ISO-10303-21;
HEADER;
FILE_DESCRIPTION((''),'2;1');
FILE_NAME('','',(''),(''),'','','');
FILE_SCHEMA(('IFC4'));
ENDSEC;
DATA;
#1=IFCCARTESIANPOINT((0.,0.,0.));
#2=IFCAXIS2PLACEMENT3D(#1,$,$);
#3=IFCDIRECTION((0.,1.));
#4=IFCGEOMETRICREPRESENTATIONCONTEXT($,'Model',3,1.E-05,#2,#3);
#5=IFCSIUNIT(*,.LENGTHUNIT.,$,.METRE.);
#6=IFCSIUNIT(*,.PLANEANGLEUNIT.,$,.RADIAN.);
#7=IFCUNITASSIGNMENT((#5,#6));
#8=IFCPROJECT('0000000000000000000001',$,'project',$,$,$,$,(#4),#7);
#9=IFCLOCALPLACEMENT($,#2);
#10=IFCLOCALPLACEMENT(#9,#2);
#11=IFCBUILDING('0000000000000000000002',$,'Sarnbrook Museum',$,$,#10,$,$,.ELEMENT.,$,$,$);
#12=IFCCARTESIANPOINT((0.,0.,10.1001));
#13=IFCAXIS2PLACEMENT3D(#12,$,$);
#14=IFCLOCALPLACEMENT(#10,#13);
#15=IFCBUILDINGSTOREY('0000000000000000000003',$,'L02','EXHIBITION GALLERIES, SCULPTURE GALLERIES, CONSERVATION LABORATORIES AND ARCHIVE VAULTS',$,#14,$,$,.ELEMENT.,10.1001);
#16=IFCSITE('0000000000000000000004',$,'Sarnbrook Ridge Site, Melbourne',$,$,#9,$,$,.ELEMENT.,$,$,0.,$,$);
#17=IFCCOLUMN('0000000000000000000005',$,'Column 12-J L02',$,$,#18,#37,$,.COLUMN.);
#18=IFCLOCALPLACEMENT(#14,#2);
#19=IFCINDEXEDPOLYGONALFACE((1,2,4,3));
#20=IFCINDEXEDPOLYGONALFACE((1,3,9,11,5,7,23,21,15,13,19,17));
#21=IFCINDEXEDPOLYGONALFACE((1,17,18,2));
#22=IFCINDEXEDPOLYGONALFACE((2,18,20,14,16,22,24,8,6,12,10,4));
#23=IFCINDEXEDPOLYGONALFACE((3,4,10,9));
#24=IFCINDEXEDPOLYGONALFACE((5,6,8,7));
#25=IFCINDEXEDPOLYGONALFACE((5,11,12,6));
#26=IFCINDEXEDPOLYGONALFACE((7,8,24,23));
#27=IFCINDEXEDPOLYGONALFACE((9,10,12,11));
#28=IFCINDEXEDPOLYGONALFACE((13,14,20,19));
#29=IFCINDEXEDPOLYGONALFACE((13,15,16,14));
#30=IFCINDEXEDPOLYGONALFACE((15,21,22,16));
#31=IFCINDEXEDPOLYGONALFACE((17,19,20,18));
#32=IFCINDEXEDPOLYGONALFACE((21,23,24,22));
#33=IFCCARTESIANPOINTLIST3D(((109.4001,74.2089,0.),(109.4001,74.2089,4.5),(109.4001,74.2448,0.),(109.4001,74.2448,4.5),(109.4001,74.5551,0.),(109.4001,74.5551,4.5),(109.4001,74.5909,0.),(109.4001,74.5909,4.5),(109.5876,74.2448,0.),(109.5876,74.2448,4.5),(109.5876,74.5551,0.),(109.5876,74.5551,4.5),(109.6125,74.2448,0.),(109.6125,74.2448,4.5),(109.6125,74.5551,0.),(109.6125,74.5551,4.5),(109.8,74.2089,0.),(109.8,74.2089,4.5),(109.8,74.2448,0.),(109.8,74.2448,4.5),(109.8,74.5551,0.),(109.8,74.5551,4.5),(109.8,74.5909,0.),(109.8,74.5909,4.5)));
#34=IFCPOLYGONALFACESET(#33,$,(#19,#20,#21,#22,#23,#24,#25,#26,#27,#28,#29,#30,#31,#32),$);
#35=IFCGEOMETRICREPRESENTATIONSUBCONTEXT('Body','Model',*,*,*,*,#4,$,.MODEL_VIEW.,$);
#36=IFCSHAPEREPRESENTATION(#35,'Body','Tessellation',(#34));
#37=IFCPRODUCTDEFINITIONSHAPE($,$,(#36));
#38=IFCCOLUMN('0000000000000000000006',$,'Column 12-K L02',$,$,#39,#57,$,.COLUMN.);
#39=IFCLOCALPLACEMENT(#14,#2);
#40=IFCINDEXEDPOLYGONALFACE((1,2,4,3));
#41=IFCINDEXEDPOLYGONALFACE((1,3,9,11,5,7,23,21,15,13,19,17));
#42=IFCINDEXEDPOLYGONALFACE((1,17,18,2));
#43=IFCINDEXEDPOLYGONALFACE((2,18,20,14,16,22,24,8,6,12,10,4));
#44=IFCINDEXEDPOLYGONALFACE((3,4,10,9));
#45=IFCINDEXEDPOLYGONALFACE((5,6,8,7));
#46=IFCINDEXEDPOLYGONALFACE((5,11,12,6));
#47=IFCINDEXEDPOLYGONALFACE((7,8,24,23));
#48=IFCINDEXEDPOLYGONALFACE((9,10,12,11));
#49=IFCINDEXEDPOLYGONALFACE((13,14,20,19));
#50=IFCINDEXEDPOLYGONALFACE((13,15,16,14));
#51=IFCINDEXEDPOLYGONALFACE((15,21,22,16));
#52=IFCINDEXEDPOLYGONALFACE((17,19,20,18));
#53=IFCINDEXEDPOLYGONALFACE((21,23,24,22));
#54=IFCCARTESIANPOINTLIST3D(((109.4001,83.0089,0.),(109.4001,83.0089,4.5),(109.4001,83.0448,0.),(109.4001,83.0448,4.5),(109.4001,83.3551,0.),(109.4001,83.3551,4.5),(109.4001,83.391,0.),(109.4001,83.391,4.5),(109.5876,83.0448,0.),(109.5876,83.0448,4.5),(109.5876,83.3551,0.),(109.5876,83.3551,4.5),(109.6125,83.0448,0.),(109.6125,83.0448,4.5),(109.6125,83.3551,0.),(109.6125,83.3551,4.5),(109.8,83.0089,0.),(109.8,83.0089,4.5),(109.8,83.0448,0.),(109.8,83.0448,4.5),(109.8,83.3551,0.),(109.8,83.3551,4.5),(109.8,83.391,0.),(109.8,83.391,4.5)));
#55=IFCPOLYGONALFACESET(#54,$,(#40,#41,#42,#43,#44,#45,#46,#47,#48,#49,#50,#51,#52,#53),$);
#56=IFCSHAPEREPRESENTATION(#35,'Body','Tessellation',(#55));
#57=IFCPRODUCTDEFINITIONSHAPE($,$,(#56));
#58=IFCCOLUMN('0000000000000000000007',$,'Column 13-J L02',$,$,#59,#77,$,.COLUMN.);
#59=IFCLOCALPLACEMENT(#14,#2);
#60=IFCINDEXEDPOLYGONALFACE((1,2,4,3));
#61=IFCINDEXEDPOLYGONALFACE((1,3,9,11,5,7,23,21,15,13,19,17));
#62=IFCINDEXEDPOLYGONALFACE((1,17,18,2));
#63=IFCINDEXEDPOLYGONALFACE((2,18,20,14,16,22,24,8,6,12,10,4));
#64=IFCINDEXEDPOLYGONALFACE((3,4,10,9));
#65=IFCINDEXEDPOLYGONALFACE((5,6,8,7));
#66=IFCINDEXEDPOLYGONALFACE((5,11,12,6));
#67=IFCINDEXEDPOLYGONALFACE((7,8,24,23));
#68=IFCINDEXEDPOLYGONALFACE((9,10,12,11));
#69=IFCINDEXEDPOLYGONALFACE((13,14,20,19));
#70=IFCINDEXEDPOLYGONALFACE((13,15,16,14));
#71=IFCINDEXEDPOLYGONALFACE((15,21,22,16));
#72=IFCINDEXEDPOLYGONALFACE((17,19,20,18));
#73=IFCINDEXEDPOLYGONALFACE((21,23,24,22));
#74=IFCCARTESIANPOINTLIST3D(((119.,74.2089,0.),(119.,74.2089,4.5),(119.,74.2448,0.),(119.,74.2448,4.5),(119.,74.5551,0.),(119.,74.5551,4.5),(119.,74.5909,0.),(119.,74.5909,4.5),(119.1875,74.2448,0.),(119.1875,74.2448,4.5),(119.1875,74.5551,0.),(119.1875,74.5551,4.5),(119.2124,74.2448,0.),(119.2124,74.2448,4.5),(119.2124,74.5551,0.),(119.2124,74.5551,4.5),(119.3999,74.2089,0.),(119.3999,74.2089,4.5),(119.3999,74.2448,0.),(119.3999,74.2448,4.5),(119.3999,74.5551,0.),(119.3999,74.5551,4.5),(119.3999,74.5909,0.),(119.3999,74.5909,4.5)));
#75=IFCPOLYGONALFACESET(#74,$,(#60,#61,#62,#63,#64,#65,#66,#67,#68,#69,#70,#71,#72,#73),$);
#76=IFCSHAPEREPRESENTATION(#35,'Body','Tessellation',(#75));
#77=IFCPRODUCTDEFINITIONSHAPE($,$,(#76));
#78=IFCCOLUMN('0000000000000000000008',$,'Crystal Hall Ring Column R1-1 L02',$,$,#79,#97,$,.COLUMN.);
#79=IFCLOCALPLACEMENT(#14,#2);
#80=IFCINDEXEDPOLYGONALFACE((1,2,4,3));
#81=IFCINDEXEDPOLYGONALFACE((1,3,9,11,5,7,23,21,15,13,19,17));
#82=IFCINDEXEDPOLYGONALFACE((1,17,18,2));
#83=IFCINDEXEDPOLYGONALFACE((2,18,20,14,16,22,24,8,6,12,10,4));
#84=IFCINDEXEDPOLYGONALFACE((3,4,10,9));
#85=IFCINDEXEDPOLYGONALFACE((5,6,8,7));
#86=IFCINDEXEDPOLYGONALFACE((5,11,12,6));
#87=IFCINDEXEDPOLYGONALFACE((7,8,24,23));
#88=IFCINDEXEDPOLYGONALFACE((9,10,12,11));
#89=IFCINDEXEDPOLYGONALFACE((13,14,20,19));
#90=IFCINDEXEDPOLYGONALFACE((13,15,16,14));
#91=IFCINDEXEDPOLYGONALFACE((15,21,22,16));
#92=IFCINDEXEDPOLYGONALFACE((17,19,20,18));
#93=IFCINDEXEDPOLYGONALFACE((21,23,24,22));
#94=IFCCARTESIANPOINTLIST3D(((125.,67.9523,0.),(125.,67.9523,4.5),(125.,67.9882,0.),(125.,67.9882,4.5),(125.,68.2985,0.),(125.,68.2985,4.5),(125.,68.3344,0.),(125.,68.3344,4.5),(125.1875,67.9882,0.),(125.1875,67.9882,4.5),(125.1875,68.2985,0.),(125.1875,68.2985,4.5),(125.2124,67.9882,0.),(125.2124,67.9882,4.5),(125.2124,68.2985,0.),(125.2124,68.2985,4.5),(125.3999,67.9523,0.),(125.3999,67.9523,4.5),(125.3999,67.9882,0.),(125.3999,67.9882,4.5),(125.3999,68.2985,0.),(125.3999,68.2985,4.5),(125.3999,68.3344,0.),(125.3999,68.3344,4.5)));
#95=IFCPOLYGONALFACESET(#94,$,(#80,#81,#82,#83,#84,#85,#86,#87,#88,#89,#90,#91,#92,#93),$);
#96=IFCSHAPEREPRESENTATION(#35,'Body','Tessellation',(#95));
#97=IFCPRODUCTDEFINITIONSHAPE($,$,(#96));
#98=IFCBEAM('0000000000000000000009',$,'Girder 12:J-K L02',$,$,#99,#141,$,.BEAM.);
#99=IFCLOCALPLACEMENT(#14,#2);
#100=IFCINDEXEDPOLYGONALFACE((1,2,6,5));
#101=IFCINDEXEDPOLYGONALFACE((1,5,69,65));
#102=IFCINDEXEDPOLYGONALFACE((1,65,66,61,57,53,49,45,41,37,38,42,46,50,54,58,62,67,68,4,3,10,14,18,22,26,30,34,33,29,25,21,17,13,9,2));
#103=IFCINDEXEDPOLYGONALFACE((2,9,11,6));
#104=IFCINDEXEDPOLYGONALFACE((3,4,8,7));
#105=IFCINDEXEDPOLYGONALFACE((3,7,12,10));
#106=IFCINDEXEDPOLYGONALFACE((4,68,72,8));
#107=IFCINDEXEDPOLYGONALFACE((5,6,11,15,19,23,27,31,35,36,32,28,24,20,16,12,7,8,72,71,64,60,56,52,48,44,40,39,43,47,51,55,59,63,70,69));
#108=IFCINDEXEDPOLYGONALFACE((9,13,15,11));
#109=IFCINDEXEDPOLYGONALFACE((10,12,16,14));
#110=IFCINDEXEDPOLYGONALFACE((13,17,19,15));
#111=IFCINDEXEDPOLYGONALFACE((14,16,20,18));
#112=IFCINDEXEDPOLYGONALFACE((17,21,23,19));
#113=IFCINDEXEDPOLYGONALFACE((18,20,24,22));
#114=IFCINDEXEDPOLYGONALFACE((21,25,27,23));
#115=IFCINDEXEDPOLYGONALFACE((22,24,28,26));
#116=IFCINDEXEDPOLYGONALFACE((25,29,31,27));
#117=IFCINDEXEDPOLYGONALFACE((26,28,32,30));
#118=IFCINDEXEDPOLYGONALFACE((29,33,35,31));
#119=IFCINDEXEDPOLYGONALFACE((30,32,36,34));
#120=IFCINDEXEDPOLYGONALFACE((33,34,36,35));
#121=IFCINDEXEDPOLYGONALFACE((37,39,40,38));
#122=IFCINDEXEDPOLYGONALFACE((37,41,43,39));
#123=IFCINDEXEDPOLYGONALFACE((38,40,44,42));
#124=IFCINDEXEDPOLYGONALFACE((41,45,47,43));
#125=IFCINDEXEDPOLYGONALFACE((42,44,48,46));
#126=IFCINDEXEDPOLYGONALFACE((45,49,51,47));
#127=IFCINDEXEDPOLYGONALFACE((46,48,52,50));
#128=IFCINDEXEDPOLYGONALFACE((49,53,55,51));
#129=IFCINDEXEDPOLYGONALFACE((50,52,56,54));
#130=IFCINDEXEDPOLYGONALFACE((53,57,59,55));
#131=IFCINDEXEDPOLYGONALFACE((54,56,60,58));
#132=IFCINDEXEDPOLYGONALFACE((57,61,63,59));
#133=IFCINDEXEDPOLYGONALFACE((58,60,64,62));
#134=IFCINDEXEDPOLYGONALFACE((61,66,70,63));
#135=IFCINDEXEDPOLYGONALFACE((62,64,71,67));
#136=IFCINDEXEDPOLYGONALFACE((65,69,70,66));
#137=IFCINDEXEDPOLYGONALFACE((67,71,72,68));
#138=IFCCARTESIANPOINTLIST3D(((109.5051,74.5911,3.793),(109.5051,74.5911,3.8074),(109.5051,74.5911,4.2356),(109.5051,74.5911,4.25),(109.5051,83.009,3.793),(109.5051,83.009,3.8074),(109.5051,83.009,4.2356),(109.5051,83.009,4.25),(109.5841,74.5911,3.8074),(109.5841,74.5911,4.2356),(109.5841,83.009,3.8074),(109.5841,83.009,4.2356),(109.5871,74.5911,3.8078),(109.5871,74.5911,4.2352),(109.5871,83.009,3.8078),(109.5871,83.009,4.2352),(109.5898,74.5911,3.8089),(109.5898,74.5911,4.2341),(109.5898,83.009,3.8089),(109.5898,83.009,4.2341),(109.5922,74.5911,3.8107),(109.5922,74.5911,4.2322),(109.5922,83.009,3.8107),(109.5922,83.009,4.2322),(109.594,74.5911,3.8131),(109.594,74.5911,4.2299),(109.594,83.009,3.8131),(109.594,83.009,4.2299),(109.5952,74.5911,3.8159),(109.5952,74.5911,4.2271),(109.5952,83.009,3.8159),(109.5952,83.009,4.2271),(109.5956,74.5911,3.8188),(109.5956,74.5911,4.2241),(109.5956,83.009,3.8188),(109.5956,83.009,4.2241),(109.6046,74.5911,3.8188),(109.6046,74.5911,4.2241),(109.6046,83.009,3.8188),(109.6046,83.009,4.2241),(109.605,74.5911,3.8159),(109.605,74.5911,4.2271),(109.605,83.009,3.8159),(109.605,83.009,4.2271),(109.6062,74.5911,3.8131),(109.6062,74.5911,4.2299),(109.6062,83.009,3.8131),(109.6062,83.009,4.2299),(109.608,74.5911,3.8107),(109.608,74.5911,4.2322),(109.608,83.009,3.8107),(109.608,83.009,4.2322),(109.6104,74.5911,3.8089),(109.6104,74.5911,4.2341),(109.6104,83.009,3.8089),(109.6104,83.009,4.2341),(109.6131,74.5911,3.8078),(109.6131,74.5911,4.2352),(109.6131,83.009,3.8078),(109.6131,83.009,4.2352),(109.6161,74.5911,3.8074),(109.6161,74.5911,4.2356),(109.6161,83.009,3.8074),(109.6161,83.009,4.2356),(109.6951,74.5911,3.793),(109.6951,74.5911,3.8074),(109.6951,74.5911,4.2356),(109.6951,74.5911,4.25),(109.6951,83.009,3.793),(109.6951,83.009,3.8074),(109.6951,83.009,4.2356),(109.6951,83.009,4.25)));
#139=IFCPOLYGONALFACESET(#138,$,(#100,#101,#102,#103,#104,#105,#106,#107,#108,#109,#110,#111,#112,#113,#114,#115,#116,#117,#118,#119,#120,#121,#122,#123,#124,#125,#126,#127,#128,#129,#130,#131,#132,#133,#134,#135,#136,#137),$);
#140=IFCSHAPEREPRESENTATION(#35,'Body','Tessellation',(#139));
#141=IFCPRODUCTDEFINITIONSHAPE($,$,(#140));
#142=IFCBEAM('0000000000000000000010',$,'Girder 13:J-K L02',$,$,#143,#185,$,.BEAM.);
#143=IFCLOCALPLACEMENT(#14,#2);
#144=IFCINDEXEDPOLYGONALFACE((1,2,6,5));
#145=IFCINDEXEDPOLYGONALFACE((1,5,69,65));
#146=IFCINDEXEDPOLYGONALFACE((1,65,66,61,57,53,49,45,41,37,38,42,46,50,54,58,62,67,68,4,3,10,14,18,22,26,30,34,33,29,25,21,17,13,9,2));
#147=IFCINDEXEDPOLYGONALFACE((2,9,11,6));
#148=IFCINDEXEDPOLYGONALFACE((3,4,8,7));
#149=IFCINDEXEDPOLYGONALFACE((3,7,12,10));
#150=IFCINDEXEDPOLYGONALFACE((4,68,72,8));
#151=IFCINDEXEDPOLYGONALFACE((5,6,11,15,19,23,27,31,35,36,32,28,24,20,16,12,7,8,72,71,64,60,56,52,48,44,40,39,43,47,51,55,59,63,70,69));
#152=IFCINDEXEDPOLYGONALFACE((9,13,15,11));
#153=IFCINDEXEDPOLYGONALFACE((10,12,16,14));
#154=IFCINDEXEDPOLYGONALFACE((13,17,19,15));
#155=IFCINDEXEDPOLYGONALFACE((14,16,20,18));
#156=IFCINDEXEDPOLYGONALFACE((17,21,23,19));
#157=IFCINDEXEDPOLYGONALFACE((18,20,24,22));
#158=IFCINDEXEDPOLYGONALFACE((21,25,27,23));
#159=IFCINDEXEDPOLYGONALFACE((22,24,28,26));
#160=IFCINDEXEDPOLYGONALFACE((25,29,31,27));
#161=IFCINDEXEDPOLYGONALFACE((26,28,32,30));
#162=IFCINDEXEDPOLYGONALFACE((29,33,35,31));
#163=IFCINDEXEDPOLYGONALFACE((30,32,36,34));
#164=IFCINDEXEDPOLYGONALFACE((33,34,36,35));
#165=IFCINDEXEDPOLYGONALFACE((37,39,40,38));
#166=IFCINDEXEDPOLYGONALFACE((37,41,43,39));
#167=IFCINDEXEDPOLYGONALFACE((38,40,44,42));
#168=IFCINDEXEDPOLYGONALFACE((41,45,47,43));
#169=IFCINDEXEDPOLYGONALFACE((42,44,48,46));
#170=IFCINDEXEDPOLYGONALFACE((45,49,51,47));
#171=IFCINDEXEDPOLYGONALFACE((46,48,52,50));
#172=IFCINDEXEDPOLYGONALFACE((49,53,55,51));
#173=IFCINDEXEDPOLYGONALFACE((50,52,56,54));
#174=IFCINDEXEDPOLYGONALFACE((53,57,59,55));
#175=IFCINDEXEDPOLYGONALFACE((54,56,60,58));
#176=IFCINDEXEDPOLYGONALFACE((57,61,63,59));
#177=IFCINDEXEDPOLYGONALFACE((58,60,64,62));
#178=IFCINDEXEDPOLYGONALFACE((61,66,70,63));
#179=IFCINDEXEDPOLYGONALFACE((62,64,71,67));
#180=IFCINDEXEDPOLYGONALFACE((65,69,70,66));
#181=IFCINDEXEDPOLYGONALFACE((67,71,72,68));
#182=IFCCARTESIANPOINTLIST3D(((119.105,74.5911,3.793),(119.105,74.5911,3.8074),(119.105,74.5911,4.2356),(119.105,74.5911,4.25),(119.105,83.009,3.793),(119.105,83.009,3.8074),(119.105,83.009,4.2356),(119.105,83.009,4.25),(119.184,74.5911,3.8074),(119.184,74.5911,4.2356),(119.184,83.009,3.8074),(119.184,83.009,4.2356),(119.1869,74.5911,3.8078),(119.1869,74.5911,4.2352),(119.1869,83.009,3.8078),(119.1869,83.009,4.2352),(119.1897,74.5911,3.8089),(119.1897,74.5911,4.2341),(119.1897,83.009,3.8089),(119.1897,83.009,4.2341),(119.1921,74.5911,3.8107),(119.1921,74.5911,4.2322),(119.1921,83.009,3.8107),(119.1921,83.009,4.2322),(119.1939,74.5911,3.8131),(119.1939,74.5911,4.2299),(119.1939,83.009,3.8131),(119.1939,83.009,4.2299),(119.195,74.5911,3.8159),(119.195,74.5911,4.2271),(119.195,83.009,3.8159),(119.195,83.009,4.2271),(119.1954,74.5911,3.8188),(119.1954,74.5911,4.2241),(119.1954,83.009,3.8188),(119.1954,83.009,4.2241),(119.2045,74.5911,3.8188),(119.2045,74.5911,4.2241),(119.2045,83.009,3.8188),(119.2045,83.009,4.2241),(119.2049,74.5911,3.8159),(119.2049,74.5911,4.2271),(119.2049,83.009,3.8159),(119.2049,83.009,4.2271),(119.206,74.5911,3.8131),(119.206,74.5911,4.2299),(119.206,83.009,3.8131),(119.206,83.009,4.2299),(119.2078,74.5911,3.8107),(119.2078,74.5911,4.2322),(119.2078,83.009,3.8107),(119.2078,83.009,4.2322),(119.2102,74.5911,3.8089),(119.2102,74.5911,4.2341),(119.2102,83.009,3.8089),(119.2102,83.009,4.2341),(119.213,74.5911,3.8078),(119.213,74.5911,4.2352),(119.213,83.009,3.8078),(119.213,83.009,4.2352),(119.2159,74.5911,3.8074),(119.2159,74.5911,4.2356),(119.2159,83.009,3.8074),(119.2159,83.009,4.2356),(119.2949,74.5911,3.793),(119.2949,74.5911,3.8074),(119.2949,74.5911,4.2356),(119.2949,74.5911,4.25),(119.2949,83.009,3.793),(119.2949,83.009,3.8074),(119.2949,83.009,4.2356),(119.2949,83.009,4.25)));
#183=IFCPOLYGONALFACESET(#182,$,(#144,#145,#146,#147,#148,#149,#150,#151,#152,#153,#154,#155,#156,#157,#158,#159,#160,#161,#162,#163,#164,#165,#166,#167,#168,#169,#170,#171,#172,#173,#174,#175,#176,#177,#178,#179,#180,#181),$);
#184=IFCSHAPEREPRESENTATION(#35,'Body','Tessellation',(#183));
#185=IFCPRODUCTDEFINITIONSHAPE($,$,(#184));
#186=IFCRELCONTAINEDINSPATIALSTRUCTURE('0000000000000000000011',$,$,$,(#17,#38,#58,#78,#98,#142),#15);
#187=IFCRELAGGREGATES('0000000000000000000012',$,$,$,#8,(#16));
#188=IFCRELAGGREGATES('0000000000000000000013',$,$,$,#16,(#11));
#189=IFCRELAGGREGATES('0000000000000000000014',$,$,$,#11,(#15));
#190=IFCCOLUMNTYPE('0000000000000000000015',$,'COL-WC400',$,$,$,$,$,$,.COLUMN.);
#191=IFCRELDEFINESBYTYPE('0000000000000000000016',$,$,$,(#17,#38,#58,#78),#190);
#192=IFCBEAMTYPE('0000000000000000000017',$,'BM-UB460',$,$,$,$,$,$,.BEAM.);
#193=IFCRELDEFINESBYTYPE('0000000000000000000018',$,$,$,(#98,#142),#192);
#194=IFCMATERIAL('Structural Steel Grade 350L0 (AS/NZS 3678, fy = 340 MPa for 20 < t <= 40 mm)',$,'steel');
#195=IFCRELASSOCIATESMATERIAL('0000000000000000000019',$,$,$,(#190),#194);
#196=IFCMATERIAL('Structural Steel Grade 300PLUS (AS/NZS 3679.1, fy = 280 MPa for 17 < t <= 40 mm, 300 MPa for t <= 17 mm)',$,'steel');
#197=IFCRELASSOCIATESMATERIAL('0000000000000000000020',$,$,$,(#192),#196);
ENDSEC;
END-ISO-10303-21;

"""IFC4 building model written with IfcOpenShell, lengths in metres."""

from ifc_helpers import new_model, si_unit, direction, frame, origin, origin_2d, place, context, subcontext, project, spatial, i_section, extrude, material, material_profile, profile_set, type_object, element, save


model = new_model("IFC4")

# Units and contexts
model_context = context("Model", 3, precision=1e-05, world=origin(), true_north=direction((0.0, 1.0)))
body_context = subcontext(model_context, "Body", "Model", "MODEL_VIEW")
ifc_project = project(units=[si_unit("LENGTHUNIT", "METRE"), si_unit("PLANEANGLEUNIT", "RADIAN")], contexts=[model_context])

# Site, building, storey
site_placement = place(None, origin())
site = spatial("IfcSite", under=ifc_project, at=site_placement, Name="Sarnbrook Ridge Site, Melbourne", CompositionType="ELEMENT", RefElevation=0.0)
building_placement = place(site_placement, origin())
building = spatial("IfcBuilding", under=site, at=building_placement, Name="Sarnbrook Museum", CompositionType="ELEMENT")
storey_placement = place(building_placement, frame((0.0, 0.0, 10.1001)))
storey = spatial("IfcBuildingStorey", under=building, at=storey_placement, Name="L02", Description="EXHIBITION GALLERIES, SCULPTURE GALLERIES, CONSERVATION LABORATORIES AND ARCHIVE VAULTS", CompositionType="ELEMENT", Elevation=10.1001)

# Columns
ifc_material_1 = material(Name="Structural Steel Grade 350L0 (AS/NZS 3678, fy = 340 MPa for 20 < t <= 40 mm)", Category="steel")
ifc_material_profile_1 = material_profile(ifc_material_1, i_section(OverallWidth=0.3999, OverallDepth=0.3821, WebThickness=0.0249, FlangeThickness=0.0359, at=origin_2d()), Name="400WC270")
ifc_profile_set_1 = profile_set([ifc_material_profile_1], Name="Structural Steel Grade 350L0 (AS/NZS 3678, fy = 340 MPa for 20 < t <= 40 mm)")
column_type = type_object("IfcColumnType", Name="COL-WC400", PredefinedType="COLUMN", material=ifc_profile_set_1)
for number, where, z_axis, x_axis, name in (
    (1, (109.6001, 74.3999, 0.0), (0.0, 0.0, 1.0), (1.0, 0.0, 0.0), "Column 12-J L02"),
    (2, (109.6001, 83.2, 0.0), (0.0, 0.0, 1.0), (1.0, 0.0, 0.0), "Column 12-K L02"),
    (3, (119.2, 74.3999, 0.0), (0.0, 0.0, 1.0), (1.0, 0.0, 0.0), "Column 13-J L02"),
    (4, (125.2, 68.1433, 0.0), (0.0, 0.0, 1.0), (1.0, 0.0, 0.0), "Crystal Hall Ring Column R1-1 L02"),
):
    element("IfcColumn", number, at=place(storey_placement, frame(where, z_axis=z_axis, x_axis=x_axis)), inside=storey, type_object=column_type, Name=name, PredefinedType="COLUMN", context=body_context, shape_type="SweptSolid", body=[
        extrude(i_section(OverallWidth=0.3999, OverallDepth=0.3821, WebThickness=0.0249, FlangeThickness=0.0359, at=origin_2d()), origin(), (0.0, 0.0, 1.0), 4.5),
    ])

# Beams
ifc_material_2 = material(Name="Structural Steel Grade 300PLUS (AS/NZS 3679.1, fy = 280 MPa for 17 < t <= 40 mm, 300 MPa for t <= 17 mm)", Category="steel")
ifc_material_profile_2 = material_profile(ifc_material_2, i_section(OverallWidth=0.1899, OverallDepth=0.457, WebThickness=0.009, FlangeThickness=0.0144, FilletRadius=0.0115, at=origin_2d()), Name="460UB74.6")
ifc_profile_set_2 = profile_set([ifc_material_profile_2], Name="Structural Steel Grade 300PLUS (AS/NZS 3679.1, fy = 280 MPa for 17 < t <= 40 mm, 300 MPa for t <= 17 mm)")
beam_type_1 = type_object("IfcBeamType", Name="BM-UB460", PredefinedType="BEAM", material=ifc_profile_set_2)
for number, where, z_axis, x_axis, name in (
    (5, (109.6001, 74.5911, 4.0215), (0.0, 1.0, 0.0), (-1.0, 0.0, 0.0), "Girder 12:J-K L02"),
    (6, (119.2, 74.5911, 4.0215), (0.0, 1.0, 0.0), (-1.0, 0.0, 0.0), "Girder 13:J-K L02"),
):
    element("IfcBeam", number, at=place(storey_placement, frame(where, z_axis=z_axis, x_axis=x_axis)), inside=storey, type_object=beam_type_1, Name=name, PredefinedType="BEAM", context=body_context, shape_type="SweptSolid", body=[
        extrude(i_section(OverallWidth=0.1899, OverallDepth=0.457, WebThickness=0.009, FlangeThickness=0.0144, FilletRadius=0.0115, at=origin_2d()), origin(), (0.0, 0.0, 1.0), 8.418),
    ])

save(model, "model.ifc")
